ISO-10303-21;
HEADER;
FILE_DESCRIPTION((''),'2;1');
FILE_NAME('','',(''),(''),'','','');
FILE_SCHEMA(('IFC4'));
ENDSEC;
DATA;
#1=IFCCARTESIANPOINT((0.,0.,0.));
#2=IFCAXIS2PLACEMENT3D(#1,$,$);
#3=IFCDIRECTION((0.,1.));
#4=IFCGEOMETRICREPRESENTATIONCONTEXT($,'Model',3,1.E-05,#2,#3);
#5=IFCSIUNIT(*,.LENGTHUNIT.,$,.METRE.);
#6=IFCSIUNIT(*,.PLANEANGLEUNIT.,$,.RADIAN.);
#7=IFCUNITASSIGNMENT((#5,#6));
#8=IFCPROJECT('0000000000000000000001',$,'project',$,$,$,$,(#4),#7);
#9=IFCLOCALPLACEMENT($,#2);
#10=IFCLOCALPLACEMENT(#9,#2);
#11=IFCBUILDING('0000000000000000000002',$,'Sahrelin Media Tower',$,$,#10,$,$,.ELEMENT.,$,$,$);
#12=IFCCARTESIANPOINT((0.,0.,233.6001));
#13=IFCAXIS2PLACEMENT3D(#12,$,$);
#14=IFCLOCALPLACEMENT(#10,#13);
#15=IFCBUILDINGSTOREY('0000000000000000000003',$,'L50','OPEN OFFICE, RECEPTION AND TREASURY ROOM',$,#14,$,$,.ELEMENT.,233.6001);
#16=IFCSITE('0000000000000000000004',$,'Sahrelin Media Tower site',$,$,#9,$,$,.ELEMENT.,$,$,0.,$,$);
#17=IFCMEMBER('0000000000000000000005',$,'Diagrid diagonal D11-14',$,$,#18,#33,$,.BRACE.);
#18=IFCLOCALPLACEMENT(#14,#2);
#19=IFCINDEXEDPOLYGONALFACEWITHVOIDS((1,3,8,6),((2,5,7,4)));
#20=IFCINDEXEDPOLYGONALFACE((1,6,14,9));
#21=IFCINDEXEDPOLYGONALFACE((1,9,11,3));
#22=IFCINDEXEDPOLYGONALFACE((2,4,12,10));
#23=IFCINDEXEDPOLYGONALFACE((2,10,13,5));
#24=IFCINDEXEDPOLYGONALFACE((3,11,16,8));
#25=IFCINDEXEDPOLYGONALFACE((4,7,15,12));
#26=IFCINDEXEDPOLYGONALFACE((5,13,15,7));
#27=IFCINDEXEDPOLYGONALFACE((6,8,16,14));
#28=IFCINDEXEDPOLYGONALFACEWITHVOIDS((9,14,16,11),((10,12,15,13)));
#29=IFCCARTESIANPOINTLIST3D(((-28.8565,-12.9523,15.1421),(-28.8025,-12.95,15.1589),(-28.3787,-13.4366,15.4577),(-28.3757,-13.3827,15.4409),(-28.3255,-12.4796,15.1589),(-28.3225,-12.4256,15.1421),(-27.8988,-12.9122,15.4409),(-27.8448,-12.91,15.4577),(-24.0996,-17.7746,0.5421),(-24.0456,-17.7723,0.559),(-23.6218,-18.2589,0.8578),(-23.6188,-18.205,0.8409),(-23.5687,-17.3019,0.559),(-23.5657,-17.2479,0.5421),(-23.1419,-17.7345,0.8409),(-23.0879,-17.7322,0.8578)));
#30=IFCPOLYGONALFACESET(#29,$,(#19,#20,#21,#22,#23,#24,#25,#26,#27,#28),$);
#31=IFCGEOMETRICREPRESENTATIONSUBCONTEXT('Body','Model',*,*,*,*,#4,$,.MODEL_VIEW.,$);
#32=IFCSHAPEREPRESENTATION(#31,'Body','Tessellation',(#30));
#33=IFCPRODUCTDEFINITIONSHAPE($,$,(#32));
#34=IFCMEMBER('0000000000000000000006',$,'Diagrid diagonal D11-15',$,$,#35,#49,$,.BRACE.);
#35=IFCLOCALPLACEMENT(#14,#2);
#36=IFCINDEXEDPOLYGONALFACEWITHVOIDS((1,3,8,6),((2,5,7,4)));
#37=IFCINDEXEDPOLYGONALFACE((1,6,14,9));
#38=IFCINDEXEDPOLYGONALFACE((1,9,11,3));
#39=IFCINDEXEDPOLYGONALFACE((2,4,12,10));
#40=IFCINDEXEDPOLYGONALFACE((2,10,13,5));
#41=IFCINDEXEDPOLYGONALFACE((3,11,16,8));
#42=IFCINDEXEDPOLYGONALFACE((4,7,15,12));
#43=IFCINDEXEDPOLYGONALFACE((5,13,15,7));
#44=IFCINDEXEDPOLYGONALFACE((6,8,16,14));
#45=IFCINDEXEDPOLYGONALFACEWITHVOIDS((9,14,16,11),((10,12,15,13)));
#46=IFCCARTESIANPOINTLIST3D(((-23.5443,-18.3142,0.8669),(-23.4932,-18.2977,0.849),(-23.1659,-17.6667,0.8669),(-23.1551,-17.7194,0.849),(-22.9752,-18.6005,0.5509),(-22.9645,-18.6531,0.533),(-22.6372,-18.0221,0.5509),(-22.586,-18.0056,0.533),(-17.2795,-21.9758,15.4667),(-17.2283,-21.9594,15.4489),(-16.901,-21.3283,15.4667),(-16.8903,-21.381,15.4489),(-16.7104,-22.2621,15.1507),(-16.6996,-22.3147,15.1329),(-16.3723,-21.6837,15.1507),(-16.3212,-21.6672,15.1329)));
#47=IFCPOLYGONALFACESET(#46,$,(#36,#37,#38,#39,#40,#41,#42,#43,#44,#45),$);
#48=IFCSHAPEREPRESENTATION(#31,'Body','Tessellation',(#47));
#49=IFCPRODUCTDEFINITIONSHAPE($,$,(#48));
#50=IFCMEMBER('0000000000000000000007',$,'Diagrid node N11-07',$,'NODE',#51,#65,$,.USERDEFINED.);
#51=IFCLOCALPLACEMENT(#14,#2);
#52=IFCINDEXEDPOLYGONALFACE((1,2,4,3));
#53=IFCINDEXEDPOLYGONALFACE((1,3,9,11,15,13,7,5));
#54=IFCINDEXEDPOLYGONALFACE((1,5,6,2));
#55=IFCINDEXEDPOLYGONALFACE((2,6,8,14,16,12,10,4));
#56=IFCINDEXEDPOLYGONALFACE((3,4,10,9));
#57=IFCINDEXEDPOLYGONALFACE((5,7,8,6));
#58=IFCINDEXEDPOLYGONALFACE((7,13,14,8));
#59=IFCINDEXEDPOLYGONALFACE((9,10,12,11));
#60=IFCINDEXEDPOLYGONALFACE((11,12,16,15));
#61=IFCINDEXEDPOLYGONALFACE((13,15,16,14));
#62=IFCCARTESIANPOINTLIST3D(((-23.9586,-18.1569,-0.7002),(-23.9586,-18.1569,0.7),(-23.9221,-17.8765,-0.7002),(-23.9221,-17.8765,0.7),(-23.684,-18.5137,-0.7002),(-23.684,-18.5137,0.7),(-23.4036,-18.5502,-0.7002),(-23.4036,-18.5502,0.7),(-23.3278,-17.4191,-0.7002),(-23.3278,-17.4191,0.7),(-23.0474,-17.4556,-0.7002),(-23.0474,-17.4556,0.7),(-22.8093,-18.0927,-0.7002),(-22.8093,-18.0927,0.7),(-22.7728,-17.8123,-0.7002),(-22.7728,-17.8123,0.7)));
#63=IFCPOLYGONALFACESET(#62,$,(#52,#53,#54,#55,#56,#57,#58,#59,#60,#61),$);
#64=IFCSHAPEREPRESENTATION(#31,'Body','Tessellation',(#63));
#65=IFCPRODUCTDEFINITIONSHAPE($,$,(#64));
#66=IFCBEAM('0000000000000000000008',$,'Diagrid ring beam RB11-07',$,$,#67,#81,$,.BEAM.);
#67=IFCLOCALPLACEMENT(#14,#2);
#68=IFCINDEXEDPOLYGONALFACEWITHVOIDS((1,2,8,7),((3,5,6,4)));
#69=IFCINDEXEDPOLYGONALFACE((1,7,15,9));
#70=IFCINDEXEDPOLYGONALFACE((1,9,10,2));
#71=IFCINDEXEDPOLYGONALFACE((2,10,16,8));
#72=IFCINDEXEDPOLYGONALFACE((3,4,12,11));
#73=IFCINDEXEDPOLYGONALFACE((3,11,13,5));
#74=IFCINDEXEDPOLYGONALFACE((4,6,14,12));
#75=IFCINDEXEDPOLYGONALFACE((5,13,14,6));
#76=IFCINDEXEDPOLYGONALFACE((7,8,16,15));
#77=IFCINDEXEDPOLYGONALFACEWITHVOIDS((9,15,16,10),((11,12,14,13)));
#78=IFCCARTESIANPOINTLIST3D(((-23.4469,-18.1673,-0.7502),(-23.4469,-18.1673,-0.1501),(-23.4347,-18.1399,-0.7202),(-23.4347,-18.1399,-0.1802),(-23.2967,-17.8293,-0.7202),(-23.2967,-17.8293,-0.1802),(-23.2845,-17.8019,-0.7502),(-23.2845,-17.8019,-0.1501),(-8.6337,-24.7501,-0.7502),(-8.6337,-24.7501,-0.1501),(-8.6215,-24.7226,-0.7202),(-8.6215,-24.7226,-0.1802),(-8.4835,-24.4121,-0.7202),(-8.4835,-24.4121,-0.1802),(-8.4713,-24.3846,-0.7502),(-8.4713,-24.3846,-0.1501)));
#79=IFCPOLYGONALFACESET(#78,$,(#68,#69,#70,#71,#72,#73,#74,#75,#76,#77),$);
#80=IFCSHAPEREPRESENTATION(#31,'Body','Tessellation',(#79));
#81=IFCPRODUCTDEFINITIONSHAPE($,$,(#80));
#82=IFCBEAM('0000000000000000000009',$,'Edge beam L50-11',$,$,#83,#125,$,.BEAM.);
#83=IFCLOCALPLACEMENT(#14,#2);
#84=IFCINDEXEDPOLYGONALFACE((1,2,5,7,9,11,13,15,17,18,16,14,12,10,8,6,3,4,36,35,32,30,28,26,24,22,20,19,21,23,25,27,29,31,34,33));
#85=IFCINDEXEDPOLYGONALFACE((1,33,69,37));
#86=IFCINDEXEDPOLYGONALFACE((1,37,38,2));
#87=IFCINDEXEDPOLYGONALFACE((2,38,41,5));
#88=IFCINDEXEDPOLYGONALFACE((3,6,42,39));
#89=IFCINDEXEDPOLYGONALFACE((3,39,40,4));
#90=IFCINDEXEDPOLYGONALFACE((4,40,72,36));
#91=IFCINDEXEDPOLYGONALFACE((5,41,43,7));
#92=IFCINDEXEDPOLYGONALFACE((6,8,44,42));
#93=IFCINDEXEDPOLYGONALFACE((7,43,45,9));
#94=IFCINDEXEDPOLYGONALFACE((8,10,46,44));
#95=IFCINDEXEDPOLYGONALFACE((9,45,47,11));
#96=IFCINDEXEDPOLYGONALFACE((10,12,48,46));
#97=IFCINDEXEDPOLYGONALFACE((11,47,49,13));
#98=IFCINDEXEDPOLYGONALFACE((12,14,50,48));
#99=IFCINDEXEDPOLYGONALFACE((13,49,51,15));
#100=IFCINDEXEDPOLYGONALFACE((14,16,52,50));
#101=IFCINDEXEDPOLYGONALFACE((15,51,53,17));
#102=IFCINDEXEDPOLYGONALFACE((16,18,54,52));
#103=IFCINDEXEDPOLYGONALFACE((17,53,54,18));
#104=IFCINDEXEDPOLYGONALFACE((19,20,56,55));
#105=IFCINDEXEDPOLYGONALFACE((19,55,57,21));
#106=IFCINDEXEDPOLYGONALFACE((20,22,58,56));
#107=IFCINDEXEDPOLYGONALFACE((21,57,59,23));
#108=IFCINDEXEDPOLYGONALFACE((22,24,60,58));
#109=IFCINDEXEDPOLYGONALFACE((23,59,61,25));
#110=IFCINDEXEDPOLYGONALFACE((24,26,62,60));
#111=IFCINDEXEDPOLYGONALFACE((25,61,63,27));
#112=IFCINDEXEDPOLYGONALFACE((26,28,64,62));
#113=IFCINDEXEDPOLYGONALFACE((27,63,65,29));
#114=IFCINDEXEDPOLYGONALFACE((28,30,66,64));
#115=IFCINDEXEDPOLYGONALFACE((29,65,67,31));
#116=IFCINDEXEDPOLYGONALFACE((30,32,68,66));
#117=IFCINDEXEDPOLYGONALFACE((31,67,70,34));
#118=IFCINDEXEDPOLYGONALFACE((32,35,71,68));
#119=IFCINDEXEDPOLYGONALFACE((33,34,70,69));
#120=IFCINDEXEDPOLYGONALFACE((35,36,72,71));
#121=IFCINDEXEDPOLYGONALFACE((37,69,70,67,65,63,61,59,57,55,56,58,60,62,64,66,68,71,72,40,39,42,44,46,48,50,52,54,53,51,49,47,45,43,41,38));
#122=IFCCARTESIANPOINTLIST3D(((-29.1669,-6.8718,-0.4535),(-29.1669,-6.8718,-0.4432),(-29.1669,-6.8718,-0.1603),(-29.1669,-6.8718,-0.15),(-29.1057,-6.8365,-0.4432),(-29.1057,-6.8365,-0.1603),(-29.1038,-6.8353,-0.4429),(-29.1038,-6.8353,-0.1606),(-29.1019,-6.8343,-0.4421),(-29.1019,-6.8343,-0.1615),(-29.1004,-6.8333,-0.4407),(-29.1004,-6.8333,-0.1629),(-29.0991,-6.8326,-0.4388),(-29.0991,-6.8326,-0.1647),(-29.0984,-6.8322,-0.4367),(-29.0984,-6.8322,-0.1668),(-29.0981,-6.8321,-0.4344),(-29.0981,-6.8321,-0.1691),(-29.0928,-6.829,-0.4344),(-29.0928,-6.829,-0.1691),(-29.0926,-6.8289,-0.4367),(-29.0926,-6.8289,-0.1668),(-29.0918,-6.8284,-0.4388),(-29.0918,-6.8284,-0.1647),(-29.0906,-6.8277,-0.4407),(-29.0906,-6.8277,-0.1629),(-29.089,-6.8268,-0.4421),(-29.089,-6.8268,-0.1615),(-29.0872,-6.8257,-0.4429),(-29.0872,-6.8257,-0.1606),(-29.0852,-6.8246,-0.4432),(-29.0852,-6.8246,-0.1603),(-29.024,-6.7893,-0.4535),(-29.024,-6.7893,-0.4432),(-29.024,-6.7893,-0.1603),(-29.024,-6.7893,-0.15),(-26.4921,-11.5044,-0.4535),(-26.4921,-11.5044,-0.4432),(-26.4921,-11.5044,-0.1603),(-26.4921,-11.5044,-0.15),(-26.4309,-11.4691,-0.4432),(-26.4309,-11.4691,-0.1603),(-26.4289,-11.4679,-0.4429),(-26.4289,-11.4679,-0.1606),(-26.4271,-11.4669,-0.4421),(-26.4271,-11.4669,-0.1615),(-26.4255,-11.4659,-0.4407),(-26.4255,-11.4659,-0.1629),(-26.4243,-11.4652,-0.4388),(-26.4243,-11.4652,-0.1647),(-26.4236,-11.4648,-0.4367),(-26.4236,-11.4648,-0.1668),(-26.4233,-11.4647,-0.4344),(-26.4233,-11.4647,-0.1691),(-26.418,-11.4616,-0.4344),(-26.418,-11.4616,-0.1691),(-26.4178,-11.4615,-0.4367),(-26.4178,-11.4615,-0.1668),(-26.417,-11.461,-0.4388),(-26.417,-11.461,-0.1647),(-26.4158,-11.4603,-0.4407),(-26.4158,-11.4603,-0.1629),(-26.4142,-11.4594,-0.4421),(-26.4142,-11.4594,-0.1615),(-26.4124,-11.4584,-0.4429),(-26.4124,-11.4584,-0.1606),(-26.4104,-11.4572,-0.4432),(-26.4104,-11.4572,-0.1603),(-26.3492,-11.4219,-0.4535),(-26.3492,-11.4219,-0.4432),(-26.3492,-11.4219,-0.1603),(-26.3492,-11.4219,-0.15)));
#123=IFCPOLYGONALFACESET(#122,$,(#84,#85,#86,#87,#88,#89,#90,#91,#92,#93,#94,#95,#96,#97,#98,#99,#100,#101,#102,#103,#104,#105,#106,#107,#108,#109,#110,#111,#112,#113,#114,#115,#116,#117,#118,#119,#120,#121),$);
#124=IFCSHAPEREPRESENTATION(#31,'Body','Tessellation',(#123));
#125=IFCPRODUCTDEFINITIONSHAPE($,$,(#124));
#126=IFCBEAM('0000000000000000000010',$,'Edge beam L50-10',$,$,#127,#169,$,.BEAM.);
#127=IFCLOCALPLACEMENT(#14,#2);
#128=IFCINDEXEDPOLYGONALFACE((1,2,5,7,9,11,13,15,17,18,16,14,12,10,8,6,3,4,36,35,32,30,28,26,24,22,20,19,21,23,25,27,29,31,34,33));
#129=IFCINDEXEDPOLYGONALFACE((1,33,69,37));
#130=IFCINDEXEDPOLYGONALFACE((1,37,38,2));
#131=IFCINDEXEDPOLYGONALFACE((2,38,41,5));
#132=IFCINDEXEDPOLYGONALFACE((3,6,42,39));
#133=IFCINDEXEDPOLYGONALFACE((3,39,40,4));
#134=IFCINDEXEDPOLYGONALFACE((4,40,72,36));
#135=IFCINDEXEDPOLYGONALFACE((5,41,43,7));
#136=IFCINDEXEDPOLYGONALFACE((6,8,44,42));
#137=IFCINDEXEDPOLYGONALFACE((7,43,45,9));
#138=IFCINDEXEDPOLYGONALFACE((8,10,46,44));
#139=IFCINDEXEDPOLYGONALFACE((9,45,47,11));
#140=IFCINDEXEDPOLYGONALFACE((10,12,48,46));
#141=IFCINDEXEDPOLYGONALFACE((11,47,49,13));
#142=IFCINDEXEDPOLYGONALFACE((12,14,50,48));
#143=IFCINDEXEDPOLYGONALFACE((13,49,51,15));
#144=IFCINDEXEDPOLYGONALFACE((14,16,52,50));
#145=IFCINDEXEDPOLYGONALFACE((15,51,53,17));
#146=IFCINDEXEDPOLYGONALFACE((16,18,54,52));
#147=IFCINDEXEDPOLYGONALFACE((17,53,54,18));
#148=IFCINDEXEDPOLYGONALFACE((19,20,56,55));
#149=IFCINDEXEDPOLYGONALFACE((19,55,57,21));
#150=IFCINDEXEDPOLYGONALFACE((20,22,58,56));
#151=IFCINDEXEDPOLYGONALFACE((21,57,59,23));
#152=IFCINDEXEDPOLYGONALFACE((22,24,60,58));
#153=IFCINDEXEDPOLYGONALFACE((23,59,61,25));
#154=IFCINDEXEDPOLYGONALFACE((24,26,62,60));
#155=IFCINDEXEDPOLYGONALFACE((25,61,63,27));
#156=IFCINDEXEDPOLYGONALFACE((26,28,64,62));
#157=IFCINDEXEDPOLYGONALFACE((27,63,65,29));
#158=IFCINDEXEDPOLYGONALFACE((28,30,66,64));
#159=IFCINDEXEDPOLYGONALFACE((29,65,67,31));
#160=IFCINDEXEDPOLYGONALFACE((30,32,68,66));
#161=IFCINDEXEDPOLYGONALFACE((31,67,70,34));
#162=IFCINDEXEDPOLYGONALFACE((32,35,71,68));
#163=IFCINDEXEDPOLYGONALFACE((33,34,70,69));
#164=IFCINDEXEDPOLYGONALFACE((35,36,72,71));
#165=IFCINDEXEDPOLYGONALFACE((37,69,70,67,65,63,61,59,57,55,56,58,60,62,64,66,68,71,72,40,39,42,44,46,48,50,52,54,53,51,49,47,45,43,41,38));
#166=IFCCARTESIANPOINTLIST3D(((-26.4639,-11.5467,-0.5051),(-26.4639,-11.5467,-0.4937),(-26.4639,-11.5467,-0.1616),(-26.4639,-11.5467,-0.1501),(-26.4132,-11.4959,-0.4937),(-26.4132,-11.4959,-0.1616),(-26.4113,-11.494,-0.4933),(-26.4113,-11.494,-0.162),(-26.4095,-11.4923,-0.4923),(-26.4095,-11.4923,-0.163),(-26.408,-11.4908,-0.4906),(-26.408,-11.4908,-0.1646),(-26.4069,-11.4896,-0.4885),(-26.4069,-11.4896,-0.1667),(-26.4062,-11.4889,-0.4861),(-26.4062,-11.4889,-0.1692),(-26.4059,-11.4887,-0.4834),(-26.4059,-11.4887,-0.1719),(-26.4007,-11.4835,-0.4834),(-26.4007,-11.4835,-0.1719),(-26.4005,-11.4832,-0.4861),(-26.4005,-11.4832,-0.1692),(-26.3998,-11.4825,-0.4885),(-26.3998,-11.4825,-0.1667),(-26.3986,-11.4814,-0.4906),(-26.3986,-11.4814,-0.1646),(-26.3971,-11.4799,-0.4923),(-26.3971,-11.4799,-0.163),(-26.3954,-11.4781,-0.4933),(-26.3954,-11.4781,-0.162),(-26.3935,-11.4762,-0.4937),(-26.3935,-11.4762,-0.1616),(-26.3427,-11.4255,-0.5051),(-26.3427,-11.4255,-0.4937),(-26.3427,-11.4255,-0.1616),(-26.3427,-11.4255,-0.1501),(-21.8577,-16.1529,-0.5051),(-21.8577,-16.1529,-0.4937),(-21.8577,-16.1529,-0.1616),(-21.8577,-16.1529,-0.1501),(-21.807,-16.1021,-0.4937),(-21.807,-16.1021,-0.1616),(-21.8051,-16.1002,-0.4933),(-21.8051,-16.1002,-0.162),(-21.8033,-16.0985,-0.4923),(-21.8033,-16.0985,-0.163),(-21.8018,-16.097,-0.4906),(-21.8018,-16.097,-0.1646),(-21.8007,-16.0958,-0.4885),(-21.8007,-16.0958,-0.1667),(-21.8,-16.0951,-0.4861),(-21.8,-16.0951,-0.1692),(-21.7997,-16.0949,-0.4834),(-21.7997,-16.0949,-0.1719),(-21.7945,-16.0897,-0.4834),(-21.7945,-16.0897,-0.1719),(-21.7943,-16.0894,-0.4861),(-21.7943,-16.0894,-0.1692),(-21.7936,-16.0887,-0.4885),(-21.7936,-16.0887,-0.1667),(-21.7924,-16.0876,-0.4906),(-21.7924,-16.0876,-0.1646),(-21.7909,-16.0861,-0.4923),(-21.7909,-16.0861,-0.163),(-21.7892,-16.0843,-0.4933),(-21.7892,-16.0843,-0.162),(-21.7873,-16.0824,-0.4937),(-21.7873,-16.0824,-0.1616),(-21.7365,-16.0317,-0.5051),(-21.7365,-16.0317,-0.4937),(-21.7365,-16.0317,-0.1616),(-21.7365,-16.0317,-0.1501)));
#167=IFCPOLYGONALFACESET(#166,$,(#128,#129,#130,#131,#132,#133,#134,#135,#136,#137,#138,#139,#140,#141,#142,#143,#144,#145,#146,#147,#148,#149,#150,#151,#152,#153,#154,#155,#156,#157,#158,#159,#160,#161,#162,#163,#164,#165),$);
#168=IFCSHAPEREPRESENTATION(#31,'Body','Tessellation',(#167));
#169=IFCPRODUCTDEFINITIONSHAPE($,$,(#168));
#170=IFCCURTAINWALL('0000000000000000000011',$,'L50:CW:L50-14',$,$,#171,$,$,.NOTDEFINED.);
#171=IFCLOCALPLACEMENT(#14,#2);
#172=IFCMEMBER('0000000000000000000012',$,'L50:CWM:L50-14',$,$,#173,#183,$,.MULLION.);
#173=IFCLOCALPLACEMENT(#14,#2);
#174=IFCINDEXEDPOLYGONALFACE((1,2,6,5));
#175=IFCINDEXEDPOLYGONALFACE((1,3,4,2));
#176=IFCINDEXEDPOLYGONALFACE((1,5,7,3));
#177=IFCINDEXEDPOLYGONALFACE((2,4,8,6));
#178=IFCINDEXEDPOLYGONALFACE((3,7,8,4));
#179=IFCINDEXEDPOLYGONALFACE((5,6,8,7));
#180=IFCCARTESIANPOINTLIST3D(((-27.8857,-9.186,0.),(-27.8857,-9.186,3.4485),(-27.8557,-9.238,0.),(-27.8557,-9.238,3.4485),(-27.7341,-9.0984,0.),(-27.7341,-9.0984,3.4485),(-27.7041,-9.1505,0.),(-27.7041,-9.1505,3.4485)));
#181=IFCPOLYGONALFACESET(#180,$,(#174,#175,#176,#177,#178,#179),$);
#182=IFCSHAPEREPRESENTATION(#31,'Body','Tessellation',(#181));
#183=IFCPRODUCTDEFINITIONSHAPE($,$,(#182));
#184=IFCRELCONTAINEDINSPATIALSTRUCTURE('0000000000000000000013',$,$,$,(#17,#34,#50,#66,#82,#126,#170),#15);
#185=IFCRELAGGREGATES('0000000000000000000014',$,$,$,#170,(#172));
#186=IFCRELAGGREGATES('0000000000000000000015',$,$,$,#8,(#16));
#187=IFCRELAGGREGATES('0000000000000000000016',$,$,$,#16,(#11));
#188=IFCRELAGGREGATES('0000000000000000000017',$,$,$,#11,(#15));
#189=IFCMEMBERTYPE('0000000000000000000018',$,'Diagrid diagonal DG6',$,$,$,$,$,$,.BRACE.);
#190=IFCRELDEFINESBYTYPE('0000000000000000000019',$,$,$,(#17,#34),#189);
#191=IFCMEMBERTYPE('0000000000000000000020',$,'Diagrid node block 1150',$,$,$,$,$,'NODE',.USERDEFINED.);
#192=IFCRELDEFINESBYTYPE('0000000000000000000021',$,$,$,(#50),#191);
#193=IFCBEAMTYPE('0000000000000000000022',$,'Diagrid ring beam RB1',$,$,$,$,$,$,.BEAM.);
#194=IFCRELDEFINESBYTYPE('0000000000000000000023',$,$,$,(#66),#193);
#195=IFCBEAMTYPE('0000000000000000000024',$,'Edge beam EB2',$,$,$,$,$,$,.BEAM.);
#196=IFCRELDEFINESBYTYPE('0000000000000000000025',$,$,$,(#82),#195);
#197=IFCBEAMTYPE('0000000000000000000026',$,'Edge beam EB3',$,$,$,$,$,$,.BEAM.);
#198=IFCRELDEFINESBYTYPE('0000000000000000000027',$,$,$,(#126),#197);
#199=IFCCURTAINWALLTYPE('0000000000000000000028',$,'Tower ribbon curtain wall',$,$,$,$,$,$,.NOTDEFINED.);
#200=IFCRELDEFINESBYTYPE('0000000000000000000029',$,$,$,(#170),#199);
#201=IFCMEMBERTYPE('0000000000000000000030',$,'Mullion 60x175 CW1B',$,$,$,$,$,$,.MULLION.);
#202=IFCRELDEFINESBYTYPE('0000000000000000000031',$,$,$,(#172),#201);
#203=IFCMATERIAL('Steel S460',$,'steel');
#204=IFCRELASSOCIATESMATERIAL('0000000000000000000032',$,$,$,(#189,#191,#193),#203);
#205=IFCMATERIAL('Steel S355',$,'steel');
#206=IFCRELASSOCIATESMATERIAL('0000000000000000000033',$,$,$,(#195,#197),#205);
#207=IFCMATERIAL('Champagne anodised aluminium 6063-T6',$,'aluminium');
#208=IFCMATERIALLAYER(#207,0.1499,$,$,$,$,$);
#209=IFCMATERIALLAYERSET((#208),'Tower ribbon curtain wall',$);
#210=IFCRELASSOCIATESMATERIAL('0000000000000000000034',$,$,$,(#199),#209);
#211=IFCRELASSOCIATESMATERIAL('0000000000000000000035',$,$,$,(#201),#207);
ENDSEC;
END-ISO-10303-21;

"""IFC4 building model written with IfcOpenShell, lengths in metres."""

from ifc_helpers import new_model, si_unit, direction, frame, origin, origin_2d, place, context, subcontext, project, spatial, polyline, rectangle, hollow_rectangle, i_section, outline, extrude, material, layer, layer_set, material_profile, profile_set, type_object, element, aggregate, save


model = new_model("IFC4")

# Units and contexts
model_context = context("Model", 3, precision=1e-05, world=origin(), true_north=direction((0.0, 1.0)))
body_context = subcontext(model_context, "Body", "Model", "MODEL_VIEW")
ifc_project = project(units=[si_unit("LENGTHUNIT", "METRE"), si_unit("PLANEANGLEUNIT", "RADIAN")], contexts=[model_context])

# Site, building, storey
site_placement = place(None, origin())
site = spatial("IfcSite", under=ifc_project, at=site_placement, Name="Sahrelin Media Tower site", CompositionType="ELEMENT", RefElevation=0.0)
building_placement = place(site_placement, origin())
building = spatial("IfcBuilding", under=site, at=building_placement, Name="Sahrelin Media Tower", CompositionType="ELEMENT")
storey_placement = place(building_placement, frame((0.0, 0.0, 233.6001)))
storey = spatial("IfcBuildingStorey", under=building, at=storey_placement, Name="L50", Description="OPEN OFFICE, RECEPTION AND TREASURY ROOM", CompositionType="ELEMENT", Elevation=233.6001)

# Members
ifc_material_1 = material(Name="Steel S460", Category="steel")
ifc_material_profile_1 = material_profile(ifc_material_1, hollow_rectangle(XDim=0.75, YDim=0.75, WallThickness=0.04, at=origin_2d()), Name="Diagrid diagonal DG6")
ifc_profile_set_1 = profile_set([ifc_material_profile_1], Name="Steel S460")
member_type_1 = type_object("IfcMemberType", Name="Diagrid diagonal DG6", PredefinedType="BRACE", material=ifc_profile_set_1)
member_1_placement = place(storey_placement, frame((-23.5938, -17.7534, 0.7), z_axis=(-0.295554, 0.299619, 0.907125), x_axis=(-0.71192, -0.702261, 0.0)))
element("IfcMember", 1, at=member_1_placement, inside=storey, type_object=member_type_1, Name="Diagrid diagonal D11-14", PredefinedType="BRACE", context=body_context, shape_type="SweptSolid", body=[
    extrude(hollow_rectangle(XDim=0.75, YDim=0.75, WallThickness=0.04, at=origin_2d()), origin(), (0.0, 0.0, 1.0), 16.0947),
])
member_2_placement = place(storey_placement, frame((-23.0652, -18.1599, 0.7), z_axis=(0.384261, -0.224588, 0.895491), x_axis=(0.504601, 0.863353, 0.0)))
element("IfcMember", 2, at=member_2_placement, inside=storey, type_object=member_type_1, Name="Diagrid diagonal D11-15", PredefinedType="BRACE", context=body_context, shape_type="SweptSolid", body=[
    extrude(hollow_rectangle(XDim=0.75, YDim=0.75, WallThickness=0.04, at=origin_2d()), origin(), (0.0, 0.0, 1.0), 16.3037),
])
ifc_material_profile_2 = material_profile(ifc_material_1, outline(polyline([(0.375, -0.425), (0.575, -0.2251), (0.575, 0.2251), (0.375, 0.425), (-0.375, 0.425), (-0.575, 0.2251), (-0.575, -0.2251), (-0.375, -0.425), (0.375, -0.425)])), Name="Diagrid node block 1150")
ifc_profile_set_2 = profile_set([ifc_material_profile_2], Name="Steel S460")
member_type_2 = type_object("IfcMemberType", Name="Diagrid node block 1150", ElementType="NODE", PredefinedType="USERDEFINED", material=ifc_profile_set_2)
member_3_placement = place(storey_placement, frame((-23.3657, -17.9846, -0.7002), z_axis=(0.0, 0.0, 1.0), x_axis=(-0.792445, -0.609943, 0.0)))
element("IfcMember", 3, at=member_3_placement, inside=storey, type_object=member_type_2, Name="Diagrid node N11-07", ObjectType="NODE", PredefinedType="USERDEFINED", context=body_context, shape_type="SweptSolid", body=[
    extrude(outline(polyline([(0.375, -0.425), (0.575, -0.2251), (0.575, 0.2251), (0.375, 0.425), (-0.375, 0.425), (-0.575, 0.2251), (-0.575, -0.2251), (-0.375, -0.425), (0.375, -0.425)])), origin(), (0.0, 0.0, 1.0), 1.4001),
])

# Beams
ifc_material_profile_3 = material_profile(ifc_material_1, hollow_rectangle(XDim=0.3999, YDim=0.6001, WallThickness=0.03, at=origin_2d()), Name="Diagrid ring beam RB1")
ifc_profile_set_3 = profile_set([ifc_material_profile_3], Name="Steel S460")
beam_type_1 = type_object("IfcBeamType", Name="Diagrid ring beam RB1", PredefinedType="BEAM", material=ifc_profile_set_3)
beam_1_placement = place(storey_placement, frame((-23.3657, -17.9846, -0.4502), z_axis=(0.913832, -0.406092, 0.0), x_axis=(0.406092, 0.913832, 0.0)))
element("IfcBeam", 4, at=beam_1_placement, inside=storey, type_object=beam_type_1, Name="Diagrid ring beam RB11-07", PredefinedType="BEAM", context=body_context, shape_type="SweptSolid", body=[
    extrude(hollow_rectangle(XDim=0.3999, YDim=0.6001, WallThickness=0.03, at=origin_2d()), origin(), (0.0, 0.0, 1.0), 16.21),
])
ifc_material_2 = material(Name="Steel S355", Category="steel")
ifc_material_profile_4 = material_profile(ifc_material_2, i_section(OverallWidth=0.165, OverallDepth=0.3035, WebThickness=0.0061, FlangeThickness=0.0103, FilletRadius=0.0088, at=origin_2d()), Name="UB 305x165x40")
ifc_profile_set_4 = profile_set([ifc_material_profile_4], Name="Steel S355")
beam_type_2 = type_object("IfcBeamType", Name="Edge beam EB2", PredefinedType="BEAM", material=ifc_profile_set_4)
beam_2_placement = place(storey_placement, frame((-26.4207, -11.4631, -0.3018), z_axis=(-0.500027, 0.86601, 0.0), x_axis=(-0.86601, -0.500027, 0.0)))
element("IfcBeam", 5, at=beam_2_placement, inside=storey, type_object=beam_type_2, Name="Edge beam L50-11", PredefinedType="BEAM", context=body_context, shape_type="SweptSolid", body=[
    extrude(i_section(OverallWidth=0.165, OverallDepth=0.3035, WebThickness=0.0061, FlangeThickness=0.0103, FilletRadius=0.0088, at=origin_2d()), origin(), (0.0, 0.0, 1.0), 5.3494),
])
ifc_material_profile_5 = material_profile(ifc_material_2, i_section(OverallWidth=0.1714, OverallDepth=0.355, WebThickness=0.0073, FlangeThickness=0.0115, FilletRadius=0.0103, at=origin_2d()), Name="UB 356x171x51")
ifc_profile_set_5 = profile_set([ifc_material_profile_5], Name="Steel S355")
beam_type_3 = type_object("IfcBeamType", Name="Edge beam EB3", PredefinedType="BEAM", material=ifc_profile_set_5)
beam_3_placement = place(storey_placement, frame((-21.7971, -16.0923, -0.3276), z_axis=(-0.707107, 0.707107, 0.0), x_axis=(-0.707107, -0.707107, 0.0)))
element("IfcBeam", 6, at=beam_3_placement, inside=storey, type_object=beam_type_3, Name="Edge beam L50-10", PredefinedType="BEAM", context=body_context, shape_type="SweptSolid", body=[
    extrude(i_section(OverallWidth=0.1714, OverallDepth=0.355, WebThickness=0.0073, FlangeThickness=0.0115, FilletRadius=0.0103, at=origin_2d()), origin(), (0.0, 0.0, 1.0), 6.5142),
])

# Curtain wall, member
ifc_material_3 = material(Name="Champagne anodised aluminium 6063-T6", Category="aluminium")
ifc_layer_1 = layer(ifc_material_3, 0.1499)
ifc_layer_set_1 = layer_set([ifc_layer_1], Name="Tower ribbon curtain wall")
curtain_wall_type = type_object("IfcCurtainWallType", Name="Tower ribbon curtain wall", PredefinedType="NOTDEFINED", material=ifc_layer_set_1)
curtain_wall_1_placement = place(storey_placement, frame((-27.8879, -9.2217, 0.0), z_axis=(0.0, 0.0, 1.0), x_axis=(1.0, 0.0, 0.0)))
curtain_wall_1 = element("IfcCurtainWall", 7, at=curtain_wall_1_placement, inside=storey, type_object=curtain_wall_type, Name="L50:CW:L50-14", PredefinedType="NOTDEFINED")
ifc_material_profile_6 = material_profile(ifc_material_3, rectangle(XDim=0.0601, YDim=0.175, at=origin_2d()), Name="Mullion 60x175")
ifc_profile_set_6 = profile_set([ifc_material_profile_6], Name="Champagne anodised aluminium 6063-T6")
member_type_3 = type_object("IfcMemberType", Name="Mullion 60x175 CW1B", PredefinedType="MULLION", material=ifc_profile_set_6)
member_4_placement = place(storey_placement, frame((-27.7949, -9.1682, 0.0), z_axis=(0.0, 0.0, 1.0), x_axis=(0.500002, -0.866025, 0.0)))
member_4 = element("IfcMember", 8, at=member_4_placement, type_object=member_type_3, Name="L50:CWM:L50-14", PredefinedType="MULLION", context=body_context, shape_type="SweptSolid", body=[
    extrude(rectangle(XDim=0.0601, YDim=0.175, at=origin_2d()), origin(), (0.0, 0.0, 1.0), 3.4485),
])
aggregate(curtain_wall_1, [member_4])

save(model, "model.ifc")
